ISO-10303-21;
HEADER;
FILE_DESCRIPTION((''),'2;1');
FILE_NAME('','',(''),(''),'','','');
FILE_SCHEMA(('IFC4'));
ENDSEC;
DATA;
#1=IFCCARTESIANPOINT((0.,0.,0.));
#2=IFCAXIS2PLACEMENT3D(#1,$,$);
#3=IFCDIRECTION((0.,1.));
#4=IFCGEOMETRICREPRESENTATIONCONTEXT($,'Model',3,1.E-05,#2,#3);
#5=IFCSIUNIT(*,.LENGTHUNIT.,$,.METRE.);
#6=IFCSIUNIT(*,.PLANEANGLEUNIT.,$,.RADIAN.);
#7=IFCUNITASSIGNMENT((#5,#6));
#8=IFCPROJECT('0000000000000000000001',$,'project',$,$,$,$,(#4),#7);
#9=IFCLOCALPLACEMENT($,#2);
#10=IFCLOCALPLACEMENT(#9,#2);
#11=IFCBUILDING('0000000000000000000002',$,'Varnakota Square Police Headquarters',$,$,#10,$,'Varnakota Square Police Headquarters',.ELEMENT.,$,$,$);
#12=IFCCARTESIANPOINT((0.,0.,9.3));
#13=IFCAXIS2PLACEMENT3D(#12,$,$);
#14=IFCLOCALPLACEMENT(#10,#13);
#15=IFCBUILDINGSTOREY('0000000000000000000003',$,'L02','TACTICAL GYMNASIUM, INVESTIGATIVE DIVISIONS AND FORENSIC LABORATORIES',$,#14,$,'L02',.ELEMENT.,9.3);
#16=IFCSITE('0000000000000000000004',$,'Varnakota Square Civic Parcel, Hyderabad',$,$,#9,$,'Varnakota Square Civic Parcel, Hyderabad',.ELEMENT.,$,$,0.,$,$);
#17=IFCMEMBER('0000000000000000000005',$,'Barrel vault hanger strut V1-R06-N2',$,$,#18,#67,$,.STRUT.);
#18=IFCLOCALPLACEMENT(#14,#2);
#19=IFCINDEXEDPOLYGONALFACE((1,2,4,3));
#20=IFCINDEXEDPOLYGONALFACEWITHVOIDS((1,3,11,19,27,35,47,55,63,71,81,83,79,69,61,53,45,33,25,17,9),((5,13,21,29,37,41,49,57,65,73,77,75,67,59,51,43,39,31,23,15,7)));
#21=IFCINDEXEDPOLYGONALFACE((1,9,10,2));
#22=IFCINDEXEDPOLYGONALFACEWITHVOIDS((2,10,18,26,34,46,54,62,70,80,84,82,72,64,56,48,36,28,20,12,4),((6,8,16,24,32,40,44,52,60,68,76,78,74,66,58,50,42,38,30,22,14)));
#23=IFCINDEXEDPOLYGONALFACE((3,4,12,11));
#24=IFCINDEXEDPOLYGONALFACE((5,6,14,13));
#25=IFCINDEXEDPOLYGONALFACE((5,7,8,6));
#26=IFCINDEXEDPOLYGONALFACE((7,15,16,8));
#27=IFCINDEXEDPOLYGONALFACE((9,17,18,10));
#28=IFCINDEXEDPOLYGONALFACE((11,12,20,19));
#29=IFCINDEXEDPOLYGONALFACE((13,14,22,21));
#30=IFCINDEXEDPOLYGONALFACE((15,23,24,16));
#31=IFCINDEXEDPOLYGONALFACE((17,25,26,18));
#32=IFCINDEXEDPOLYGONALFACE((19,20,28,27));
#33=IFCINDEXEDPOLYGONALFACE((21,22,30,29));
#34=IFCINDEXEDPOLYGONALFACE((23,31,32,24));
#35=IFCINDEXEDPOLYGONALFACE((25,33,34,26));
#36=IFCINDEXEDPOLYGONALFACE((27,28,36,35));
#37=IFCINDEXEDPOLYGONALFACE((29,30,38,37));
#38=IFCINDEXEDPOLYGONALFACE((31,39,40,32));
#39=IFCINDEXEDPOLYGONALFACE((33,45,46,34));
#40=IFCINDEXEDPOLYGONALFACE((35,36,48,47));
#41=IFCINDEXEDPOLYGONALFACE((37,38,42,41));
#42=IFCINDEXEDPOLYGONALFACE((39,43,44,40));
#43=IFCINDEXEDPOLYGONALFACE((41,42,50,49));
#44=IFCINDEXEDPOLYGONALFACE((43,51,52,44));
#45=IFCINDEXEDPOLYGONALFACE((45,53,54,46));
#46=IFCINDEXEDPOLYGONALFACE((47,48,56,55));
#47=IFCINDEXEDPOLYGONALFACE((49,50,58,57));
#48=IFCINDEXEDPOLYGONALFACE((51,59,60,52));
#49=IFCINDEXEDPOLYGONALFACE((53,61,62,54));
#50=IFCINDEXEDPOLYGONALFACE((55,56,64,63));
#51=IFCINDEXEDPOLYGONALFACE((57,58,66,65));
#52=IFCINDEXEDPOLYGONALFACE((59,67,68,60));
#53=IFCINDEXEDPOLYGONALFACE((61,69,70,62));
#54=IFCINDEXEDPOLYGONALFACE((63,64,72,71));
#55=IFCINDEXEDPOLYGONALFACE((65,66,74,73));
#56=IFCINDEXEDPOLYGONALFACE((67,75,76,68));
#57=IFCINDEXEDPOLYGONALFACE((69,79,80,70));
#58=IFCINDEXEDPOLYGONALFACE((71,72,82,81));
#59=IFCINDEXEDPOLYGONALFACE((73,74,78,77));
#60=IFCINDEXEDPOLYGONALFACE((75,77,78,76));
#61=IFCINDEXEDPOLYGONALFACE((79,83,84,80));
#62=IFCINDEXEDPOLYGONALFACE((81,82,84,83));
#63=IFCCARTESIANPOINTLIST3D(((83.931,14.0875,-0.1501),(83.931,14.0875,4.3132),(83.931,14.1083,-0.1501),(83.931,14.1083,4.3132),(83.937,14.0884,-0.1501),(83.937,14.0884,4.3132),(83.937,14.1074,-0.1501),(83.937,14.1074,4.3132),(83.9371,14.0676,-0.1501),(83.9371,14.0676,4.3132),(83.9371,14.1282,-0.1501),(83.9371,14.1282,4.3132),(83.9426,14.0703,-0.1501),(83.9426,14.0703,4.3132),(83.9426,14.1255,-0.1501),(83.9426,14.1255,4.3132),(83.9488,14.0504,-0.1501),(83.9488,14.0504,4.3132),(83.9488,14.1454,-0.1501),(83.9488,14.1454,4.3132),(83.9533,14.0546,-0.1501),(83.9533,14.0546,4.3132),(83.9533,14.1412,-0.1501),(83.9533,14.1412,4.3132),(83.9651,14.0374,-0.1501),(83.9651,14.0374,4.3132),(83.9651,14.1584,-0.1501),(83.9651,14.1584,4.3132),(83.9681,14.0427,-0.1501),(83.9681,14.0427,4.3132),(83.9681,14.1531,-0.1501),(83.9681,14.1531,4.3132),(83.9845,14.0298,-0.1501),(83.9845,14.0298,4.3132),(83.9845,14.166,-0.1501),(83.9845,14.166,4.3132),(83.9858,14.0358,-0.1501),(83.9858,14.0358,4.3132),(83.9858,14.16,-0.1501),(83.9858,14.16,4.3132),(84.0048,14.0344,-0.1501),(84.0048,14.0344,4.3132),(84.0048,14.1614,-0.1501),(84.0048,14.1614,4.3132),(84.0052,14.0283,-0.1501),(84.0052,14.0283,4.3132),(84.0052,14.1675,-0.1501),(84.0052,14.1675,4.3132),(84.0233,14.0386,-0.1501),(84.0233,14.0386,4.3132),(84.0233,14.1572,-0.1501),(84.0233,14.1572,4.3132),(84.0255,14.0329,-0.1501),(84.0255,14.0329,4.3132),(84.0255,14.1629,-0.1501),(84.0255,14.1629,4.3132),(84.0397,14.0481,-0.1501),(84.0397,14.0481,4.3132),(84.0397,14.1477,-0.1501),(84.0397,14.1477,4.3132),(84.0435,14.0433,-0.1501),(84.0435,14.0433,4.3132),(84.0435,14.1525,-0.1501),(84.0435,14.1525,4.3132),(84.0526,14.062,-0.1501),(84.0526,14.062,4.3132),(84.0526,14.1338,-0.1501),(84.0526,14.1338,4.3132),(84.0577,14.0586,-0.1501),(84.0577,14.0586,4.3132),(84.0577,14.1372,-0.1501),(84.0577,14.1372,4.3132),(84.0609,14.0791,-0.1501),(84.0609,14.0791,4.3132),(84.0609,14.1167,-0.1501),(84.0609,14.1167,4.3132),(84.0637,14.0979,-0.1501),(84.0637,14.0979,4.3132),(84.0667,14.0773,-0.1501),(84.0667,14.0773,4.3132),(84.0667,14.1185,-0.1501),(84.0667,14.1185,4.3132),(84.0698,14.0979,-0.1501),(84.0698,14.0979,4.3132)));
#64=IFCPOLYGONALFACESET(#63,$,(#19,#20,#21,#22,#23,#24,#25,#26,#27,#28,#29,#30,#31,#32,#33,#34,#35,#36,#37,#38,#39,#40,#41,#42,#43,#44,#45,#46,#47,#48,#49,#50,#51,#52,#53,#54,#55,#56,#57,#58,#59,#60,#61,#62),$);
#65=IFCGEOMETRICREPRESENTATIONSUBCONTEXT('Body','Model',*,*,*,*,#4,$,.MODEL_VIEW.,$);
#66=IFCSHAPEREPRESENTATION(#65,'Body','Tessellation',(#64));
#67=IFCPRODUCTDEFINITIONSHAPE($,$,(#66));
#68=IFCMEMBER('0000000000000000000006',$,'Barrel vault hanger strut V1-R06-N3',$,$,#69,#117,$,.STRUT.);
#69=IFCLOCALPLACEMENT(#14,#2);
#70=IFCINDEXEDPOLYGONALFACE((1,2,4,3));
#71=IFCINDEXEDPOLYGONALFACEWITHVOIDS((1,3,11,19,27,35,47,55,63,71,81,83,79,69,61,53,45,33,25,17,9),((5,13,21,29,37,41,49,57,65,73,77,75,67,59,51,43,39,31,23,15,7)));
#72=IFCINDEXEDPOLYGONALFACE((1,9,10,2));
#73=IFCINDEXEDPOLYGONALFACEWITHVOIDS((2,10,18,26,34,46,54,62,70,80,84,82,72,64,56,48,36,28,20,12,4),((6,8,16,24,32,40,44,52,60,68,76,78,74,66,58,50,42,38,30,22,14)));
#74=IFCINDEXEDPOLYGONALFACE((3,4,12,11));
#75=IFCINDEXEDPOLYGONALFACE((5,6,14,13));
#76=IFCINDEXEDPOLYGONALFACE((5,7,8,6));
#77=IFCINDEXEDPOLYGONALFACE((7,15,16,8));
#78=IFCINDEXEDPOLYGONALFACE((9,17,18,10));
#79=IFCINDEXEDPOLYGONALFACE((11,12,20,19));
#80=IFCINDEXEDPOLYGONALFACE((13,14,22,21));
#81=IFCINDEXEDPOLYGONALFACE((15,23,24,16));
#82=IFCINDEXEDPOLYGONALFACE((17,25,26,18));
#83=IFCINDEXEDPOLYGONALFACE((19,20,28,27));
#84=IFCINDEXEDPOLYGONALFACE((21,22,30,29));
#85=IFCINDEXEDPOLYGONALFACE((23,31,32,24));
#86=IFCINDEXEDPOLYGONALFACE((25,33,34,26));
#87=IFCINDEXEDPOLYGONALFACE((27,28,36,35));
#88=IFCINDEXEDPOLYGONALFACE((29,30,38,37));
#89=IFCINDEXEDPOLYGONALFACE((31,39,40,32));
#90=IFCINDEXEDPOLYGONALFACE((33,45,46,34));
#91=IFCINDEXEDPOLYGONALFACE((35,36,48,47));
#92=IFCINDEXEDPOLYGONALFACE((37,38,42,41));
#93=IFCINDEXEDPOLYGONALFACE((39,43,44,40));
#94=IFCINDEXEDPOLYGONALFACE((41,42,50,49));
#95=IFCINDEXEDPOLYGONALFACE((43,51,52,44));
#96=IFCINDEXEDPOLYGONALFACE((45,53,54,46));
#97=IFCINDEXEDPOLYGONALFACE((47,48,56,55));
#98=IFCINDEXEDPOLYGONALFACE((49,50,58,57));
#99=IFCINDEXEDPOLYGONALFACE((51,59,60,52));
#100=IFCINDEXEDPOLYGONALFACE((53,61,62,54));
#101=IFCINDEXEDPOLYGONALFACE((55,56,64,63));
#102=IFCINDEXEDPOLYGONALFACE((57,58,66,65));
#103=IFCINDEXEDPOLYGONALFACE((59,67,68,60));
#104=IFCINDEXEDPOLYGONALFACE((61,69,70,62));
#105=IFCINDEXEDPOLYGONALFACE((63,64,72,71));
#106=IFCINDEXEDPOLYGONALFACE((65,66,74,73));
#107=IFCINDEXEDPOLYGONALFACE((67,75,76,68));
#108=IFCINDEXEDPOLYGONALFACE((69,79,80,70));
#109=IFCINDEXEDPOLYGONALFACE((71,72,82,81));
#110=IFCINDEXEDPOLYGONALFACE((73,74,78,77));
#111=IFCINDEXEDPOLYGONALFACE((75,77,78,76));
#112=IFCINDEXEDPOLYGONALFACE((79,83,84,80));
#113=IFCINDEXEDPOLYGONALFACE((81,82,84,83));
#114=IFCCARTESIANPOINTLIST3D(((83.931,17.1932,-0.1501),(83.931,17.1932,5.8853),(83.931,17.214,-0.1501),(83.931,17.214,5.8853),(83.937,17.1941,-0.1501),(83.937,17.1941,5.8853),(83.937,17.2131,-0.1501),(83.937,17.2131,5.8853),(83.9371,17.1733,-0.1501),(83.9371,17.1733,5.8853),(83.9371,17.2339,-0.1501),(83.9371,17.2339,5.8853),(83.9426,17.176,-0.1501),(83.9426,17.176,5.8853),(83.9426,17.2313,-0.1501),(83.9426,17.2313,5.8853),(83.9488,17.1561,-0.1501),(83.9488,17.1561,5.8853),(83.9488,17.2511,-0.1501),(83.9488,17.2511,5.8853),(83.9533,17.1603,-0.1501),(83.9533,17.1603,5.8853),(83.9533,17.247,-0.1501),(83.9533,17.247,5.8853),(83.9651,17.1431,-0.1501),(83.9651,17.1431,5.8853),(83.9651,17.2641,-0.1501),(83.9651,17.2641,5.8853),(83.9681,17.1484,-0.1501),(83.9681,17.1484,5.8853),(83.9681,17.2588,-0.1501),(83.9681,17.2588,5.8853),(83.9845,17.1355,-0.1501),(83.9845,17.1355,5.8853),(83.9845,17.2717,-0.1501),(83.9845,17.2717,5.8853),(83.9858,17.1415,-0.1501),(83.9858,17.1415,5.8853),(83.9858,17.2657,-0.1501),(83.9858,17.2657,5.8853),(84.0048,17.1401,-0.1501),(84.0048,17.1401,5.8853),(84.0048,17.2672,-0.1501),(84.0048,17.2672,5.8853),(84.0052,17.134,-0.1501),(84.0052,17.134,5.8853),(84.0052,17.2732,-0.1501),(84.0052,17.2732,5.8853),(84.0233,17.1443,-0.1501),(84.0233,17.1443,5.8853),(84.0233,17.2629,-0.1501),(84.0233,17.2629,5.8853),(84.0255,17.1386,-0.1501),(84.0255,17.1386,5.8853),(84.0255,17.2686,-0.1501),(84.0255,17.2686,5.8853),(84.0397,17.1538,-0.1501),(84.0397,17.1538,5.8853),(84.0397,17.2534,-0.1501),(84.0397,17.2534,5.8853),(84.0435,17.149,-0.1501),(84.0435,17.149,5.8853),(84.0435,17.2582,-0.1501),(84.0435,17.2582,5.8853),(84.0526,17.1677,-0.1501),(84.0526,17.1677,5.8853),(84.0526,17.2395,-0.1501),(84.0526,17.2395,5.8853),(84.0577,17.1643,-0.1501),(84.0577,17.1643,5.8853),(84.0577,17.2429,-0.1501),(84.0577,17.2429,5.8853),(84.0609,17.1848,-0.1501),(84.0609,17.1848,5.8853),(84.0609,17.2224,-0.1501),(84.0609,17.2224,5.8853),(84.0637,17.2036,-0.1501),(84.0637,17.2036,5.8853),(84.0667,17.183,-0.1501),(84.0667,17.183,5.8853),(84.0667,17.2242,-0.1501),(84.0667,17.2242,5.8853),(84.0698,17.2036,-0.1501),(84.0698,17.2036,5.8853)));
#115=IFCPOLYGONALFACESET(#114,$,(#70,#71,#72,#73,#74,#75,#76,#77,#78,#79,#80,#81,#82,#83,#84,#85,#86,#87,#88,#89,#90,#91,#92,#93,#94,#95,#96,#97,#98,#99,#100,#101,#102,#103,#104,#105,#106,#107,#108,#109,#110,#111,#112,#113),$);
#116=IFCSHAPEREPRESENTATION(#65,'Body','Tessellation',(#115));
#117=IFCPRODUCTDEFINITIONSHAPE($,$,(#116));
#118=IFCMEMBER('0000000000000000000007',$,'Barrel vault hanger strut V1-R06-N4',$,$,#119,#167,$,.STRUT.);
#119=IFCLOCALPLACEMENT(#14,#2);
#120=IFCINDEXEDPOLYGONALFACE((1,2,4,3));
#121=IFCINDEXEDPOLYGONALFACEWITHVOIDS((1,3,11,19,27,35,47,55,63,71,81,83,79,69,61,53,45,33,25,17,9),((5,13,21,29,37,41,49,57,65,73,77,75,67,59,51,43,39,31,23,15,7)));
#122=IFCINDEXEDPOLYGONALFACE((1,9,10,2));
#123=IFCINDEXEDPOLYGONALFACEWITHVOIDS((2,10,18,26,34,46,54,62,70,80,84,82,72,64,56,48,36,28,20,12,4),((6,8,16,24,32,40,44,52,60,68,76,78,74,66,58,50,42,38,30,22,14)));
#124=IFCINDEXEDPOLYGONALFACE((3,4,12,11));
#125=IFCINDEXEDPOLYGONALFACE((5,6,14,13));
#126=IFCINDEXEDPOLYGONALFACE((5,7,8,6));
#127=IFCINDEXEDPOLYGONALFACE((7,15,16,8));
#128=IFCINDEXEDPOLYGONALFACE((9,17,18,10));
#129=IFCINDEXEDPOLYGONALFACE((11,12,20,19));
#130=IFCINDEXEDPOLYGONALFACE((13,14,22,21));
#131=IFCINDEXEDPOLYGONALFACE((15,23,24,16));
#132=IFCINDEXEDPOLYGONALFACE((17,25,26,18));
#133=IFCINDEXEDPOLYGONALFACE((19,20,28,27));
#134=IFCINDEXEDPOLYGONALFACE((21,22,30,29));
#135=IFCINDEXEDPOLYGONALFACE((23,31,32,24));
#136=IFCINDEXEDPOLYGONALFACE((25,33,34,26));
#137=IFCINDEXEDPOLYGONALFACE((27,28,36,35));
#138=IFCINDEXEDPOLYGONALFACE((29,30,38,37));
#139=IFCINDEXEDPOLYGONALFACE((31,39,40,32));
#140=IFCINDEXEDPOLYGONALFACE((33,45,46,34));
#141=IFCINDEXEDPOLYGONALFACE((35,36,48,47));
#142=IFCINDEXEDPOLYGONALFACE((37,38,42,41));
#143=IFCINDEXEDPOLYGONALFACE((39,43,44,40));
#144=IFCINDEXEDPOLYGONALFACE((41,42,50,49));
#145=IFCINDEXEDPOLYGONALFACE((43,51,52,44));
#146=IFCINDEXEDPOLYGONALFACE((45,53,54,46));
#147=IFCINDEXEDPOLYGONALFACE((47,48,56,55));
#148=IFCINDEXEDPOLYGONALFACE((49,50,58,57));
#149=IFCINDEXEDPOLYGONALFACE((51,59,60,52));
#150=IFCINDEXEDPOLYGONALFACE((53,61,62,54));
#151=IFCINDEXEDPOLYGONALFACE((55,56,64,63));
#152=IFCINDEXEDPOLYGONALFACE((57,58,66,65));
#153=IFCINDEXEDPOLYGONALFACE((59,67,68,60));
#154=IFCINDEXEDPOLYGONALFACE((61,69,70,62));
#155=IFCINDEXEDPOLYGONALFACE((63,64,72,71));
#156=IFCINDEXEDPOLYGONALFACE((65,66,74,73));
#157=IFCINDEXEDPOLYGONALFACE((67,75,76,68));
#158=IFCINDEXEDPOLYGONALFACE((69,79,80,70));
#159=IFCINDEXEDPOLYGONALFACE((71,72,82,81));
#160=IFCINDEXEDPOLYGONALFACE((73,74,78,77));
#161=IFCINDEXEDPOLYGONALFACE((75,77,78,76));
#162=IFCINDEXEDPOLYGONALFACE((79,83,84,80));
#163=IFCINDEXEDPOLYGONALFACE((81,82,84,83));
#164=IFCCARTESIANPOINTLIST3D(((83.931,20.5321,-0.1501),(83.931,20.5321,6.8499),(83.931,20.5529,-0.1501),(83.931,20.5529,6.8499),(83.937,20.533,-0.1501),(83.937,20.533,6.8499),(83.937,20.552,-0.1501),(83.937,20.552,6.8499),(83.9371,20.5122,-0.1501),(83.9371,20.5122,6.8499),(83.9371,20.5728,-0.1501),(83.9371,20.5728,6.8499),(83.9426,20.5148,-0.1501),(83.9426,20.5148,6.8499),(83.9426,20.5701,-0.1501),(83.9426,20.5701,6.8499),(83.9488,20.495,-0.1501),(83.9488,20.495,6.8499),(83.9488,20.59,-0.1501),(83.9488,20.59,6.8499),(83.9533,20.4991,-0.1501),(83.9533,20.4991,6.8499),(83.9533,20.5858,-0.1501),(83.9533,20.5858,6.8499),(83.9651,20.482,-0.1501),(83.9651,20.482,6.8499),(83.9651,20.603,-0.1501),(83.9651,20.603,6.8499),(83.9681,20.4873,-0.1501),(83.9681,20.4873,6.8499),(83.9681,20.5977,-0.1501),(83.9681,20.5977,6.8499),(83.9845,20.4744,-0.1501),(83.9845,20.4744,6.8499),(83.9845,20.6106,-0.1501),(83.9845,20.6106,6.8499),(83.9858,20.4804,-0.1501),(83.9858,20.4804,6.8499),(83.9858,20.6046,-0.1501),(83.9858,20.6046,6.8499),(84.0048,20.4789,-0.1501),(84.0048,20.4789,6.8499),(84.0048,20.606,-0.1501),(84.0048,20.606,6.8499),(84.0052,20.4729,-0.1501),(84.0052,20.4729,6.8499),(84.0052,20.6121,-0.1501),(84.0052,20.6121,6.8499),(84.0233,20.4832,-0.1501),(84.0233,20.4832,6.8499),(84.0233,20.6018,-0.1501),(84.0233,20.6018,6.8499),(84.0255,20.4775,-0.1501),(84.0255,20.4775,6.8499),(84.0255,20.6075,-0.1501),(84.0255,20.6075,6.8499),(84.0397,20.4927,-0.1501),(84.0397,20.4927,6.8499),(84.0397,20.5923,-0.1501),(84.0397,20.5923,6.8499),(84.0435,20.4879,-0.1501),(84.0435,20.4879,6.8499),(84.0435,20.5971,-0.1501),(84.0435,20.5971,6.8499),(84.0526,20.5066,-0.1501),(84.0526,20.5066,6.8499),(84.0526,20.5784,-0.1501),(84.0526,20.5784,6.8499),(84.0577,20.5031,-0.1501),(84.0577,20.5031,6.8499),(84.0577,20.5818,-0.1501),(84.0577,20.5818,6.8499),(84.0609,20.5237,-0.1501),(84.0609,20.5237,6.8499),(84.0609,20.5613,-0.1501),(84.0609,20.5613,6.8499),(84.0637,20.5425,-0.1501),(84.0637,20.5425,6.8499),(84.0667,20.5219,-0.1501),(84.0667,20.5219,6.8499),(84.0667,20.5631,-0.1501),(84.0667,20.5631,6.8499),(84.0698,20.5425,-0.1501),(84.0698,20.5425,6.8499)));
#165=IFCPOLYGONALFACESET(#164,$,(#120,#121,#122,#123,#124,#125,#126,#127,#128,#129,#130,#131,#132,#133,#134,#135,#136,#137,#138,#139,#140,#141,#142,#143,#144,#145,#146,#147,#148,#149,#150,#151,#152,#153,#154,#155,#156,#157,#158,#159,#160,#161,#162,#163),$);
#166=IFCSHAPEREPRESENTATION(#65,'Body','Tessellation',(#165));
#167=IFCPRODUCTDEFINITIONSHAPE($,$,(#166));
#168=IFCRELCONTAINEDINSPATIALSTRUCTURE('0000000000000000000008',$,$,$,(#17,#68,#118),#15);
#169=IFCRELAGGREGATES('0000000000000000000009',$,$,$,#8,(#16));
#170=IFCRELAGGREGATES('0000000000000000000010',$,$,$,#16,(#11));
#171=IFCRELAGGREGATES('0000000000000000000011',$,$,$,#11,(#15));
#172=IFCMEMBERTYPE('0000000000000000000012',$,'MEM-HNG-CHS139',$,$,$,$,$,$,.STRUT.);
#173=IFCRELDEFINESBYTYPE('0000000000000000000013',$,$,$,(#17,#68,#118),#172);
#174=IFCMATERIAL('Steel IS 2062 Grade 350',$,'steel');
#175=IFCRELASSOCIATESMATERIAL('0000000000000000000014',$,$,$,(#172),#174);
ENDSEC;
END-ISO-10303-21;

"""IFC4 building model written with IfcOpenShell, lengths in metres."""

from ifc_helpers import new_model, si_unit, direction, frame, origin, origin_2d, place, context, subcontext, project, spatial, hollow_circle, extrude, material, material_profile, profile_set, type_object, element, save


model = new_model("IFC4")

# Units and contexts
model_context = context("Model", 3, precision=1e-05, world=origin(), true_north=direction((0.0, 1.0)))
body_context = subcontext(model_context, "Body", "Model", "MODEL_VIEW")
ifc_project = project(units=[si_unit("LENGTHUNIT", "METRE"), si_unit("PLANEANGLEUNIT", "RADIAN")], contexts=[model_context])

# Site, building, storey
site_placement = place(None, origin())
site = spatial("IfcSite", under=ifc_project, at=site_placement, Name="Varnakota Square Civic Parcel, Hyderabad", LongName="Varnakota Square Civic Parcel, Hyderabad", CompositionType="ELEMENT", RefElevation=0.0)
building_placement = place(site_placement, origin())
building = spatial("IfcBuilding", under=site, at=building_placement, Name="Varnakota Square Police Headquarters", LongName="Varnakota Square Police Headquarters", CompositionType="ELEMENT")
storey_placement = place(building_placement, frame((0.0, 0.0, 9.3)))
storey = spatial("IfcBuildingStorey", under=building, at=storey_placement, Name="L02", Description="TACTICAL GYMNASIUM, INVESTIGATIVE DIVISIONS AND FORENSIC LABORATORIES", LongName="L02", CompositionType="ELEMENT", Elevation=9.3)

# Shared definitions
ifc_material_1 = material(Name="Steel IS 2062 Grade 350", Category="steel")

# Members
ifc_material_profile_1 = material_profile(ifc_material_1, hollow_circle(Radius=0.0698, WallThickness=0.0061, at=origin_2d()), Name="CHS 139.7x6.0")
ifc_profile_set_1 = profile_set([ifc_material_profile_1], Name="Steel IS 2062 Grade 350")
member_type_1 = type_object("IfcMemberType", Name="MEM-HNG-CHS139", PredefinedType="STRUT", material=ifc_profile_set_1)
member_1_placement = place(storey_placement, frame((84.0, 14.0979, -0.1501), z_axis=(0.0, 0.0, 1.0), x_axis=(1.0, 0.0, 0.0)))
element("IfcMember", 1, at=member_1_placement, inside=storey, type_object=member_type_1, Name="Barrel vault hanger strut V1-R06-N2", PredefinedType="STRUT", context=body_context, shape_type="SweptSolid", body=[
    extrude(hollow_circle(Radius=0.0698, WallThickness=0.0061, at=origin_2d()), origin(), (0.0, 0.0, 1.0), 4.4634),
])
member_2_placement = place(storey_placement, frame((84.0, 17.2036, -0.1501), z_axis=(0.0, 0.0, 1.0), x_axis=(1.0, 0.0, 0.0)))
element("IfcMember", 2, at=member_2_placement, inside=storey, type_object=member_type_1, Name="Barrel vault hanger strut V1-R06-N3", PredefinedType="STRUT", context=body_context, shape_type="SweptSolid", body=[
    extrude(hollow_circle(Radius=0.0698, WallThickness=0.0061, at=origin_2d()), origin(), (0.0, 0.0, 1.0), 6.0354),
])
member_3_placement = place(storey_placement, frame((84.0, 20.5425, -0.1501), z_axis=(0.0, 0.0, 1.0), x_axis=(1.0, 0.0, 0.0)))
element("IfcMember", 3, at=member_3_placement, inside=storey, type_object=member_type_1, Name="Barrel vault hanger strut V1-R06-N4", PredefinedType="STRUT", context=body_context, shape_type="SweptSolid", body=[
    extrude(hollow_circle(Radius=0.0698, WallThickness=0.0061, at=origin_2d()), origin(), (0.0, 0.0, 1.0), 7.0),
])

save(model, "model.ifc")
